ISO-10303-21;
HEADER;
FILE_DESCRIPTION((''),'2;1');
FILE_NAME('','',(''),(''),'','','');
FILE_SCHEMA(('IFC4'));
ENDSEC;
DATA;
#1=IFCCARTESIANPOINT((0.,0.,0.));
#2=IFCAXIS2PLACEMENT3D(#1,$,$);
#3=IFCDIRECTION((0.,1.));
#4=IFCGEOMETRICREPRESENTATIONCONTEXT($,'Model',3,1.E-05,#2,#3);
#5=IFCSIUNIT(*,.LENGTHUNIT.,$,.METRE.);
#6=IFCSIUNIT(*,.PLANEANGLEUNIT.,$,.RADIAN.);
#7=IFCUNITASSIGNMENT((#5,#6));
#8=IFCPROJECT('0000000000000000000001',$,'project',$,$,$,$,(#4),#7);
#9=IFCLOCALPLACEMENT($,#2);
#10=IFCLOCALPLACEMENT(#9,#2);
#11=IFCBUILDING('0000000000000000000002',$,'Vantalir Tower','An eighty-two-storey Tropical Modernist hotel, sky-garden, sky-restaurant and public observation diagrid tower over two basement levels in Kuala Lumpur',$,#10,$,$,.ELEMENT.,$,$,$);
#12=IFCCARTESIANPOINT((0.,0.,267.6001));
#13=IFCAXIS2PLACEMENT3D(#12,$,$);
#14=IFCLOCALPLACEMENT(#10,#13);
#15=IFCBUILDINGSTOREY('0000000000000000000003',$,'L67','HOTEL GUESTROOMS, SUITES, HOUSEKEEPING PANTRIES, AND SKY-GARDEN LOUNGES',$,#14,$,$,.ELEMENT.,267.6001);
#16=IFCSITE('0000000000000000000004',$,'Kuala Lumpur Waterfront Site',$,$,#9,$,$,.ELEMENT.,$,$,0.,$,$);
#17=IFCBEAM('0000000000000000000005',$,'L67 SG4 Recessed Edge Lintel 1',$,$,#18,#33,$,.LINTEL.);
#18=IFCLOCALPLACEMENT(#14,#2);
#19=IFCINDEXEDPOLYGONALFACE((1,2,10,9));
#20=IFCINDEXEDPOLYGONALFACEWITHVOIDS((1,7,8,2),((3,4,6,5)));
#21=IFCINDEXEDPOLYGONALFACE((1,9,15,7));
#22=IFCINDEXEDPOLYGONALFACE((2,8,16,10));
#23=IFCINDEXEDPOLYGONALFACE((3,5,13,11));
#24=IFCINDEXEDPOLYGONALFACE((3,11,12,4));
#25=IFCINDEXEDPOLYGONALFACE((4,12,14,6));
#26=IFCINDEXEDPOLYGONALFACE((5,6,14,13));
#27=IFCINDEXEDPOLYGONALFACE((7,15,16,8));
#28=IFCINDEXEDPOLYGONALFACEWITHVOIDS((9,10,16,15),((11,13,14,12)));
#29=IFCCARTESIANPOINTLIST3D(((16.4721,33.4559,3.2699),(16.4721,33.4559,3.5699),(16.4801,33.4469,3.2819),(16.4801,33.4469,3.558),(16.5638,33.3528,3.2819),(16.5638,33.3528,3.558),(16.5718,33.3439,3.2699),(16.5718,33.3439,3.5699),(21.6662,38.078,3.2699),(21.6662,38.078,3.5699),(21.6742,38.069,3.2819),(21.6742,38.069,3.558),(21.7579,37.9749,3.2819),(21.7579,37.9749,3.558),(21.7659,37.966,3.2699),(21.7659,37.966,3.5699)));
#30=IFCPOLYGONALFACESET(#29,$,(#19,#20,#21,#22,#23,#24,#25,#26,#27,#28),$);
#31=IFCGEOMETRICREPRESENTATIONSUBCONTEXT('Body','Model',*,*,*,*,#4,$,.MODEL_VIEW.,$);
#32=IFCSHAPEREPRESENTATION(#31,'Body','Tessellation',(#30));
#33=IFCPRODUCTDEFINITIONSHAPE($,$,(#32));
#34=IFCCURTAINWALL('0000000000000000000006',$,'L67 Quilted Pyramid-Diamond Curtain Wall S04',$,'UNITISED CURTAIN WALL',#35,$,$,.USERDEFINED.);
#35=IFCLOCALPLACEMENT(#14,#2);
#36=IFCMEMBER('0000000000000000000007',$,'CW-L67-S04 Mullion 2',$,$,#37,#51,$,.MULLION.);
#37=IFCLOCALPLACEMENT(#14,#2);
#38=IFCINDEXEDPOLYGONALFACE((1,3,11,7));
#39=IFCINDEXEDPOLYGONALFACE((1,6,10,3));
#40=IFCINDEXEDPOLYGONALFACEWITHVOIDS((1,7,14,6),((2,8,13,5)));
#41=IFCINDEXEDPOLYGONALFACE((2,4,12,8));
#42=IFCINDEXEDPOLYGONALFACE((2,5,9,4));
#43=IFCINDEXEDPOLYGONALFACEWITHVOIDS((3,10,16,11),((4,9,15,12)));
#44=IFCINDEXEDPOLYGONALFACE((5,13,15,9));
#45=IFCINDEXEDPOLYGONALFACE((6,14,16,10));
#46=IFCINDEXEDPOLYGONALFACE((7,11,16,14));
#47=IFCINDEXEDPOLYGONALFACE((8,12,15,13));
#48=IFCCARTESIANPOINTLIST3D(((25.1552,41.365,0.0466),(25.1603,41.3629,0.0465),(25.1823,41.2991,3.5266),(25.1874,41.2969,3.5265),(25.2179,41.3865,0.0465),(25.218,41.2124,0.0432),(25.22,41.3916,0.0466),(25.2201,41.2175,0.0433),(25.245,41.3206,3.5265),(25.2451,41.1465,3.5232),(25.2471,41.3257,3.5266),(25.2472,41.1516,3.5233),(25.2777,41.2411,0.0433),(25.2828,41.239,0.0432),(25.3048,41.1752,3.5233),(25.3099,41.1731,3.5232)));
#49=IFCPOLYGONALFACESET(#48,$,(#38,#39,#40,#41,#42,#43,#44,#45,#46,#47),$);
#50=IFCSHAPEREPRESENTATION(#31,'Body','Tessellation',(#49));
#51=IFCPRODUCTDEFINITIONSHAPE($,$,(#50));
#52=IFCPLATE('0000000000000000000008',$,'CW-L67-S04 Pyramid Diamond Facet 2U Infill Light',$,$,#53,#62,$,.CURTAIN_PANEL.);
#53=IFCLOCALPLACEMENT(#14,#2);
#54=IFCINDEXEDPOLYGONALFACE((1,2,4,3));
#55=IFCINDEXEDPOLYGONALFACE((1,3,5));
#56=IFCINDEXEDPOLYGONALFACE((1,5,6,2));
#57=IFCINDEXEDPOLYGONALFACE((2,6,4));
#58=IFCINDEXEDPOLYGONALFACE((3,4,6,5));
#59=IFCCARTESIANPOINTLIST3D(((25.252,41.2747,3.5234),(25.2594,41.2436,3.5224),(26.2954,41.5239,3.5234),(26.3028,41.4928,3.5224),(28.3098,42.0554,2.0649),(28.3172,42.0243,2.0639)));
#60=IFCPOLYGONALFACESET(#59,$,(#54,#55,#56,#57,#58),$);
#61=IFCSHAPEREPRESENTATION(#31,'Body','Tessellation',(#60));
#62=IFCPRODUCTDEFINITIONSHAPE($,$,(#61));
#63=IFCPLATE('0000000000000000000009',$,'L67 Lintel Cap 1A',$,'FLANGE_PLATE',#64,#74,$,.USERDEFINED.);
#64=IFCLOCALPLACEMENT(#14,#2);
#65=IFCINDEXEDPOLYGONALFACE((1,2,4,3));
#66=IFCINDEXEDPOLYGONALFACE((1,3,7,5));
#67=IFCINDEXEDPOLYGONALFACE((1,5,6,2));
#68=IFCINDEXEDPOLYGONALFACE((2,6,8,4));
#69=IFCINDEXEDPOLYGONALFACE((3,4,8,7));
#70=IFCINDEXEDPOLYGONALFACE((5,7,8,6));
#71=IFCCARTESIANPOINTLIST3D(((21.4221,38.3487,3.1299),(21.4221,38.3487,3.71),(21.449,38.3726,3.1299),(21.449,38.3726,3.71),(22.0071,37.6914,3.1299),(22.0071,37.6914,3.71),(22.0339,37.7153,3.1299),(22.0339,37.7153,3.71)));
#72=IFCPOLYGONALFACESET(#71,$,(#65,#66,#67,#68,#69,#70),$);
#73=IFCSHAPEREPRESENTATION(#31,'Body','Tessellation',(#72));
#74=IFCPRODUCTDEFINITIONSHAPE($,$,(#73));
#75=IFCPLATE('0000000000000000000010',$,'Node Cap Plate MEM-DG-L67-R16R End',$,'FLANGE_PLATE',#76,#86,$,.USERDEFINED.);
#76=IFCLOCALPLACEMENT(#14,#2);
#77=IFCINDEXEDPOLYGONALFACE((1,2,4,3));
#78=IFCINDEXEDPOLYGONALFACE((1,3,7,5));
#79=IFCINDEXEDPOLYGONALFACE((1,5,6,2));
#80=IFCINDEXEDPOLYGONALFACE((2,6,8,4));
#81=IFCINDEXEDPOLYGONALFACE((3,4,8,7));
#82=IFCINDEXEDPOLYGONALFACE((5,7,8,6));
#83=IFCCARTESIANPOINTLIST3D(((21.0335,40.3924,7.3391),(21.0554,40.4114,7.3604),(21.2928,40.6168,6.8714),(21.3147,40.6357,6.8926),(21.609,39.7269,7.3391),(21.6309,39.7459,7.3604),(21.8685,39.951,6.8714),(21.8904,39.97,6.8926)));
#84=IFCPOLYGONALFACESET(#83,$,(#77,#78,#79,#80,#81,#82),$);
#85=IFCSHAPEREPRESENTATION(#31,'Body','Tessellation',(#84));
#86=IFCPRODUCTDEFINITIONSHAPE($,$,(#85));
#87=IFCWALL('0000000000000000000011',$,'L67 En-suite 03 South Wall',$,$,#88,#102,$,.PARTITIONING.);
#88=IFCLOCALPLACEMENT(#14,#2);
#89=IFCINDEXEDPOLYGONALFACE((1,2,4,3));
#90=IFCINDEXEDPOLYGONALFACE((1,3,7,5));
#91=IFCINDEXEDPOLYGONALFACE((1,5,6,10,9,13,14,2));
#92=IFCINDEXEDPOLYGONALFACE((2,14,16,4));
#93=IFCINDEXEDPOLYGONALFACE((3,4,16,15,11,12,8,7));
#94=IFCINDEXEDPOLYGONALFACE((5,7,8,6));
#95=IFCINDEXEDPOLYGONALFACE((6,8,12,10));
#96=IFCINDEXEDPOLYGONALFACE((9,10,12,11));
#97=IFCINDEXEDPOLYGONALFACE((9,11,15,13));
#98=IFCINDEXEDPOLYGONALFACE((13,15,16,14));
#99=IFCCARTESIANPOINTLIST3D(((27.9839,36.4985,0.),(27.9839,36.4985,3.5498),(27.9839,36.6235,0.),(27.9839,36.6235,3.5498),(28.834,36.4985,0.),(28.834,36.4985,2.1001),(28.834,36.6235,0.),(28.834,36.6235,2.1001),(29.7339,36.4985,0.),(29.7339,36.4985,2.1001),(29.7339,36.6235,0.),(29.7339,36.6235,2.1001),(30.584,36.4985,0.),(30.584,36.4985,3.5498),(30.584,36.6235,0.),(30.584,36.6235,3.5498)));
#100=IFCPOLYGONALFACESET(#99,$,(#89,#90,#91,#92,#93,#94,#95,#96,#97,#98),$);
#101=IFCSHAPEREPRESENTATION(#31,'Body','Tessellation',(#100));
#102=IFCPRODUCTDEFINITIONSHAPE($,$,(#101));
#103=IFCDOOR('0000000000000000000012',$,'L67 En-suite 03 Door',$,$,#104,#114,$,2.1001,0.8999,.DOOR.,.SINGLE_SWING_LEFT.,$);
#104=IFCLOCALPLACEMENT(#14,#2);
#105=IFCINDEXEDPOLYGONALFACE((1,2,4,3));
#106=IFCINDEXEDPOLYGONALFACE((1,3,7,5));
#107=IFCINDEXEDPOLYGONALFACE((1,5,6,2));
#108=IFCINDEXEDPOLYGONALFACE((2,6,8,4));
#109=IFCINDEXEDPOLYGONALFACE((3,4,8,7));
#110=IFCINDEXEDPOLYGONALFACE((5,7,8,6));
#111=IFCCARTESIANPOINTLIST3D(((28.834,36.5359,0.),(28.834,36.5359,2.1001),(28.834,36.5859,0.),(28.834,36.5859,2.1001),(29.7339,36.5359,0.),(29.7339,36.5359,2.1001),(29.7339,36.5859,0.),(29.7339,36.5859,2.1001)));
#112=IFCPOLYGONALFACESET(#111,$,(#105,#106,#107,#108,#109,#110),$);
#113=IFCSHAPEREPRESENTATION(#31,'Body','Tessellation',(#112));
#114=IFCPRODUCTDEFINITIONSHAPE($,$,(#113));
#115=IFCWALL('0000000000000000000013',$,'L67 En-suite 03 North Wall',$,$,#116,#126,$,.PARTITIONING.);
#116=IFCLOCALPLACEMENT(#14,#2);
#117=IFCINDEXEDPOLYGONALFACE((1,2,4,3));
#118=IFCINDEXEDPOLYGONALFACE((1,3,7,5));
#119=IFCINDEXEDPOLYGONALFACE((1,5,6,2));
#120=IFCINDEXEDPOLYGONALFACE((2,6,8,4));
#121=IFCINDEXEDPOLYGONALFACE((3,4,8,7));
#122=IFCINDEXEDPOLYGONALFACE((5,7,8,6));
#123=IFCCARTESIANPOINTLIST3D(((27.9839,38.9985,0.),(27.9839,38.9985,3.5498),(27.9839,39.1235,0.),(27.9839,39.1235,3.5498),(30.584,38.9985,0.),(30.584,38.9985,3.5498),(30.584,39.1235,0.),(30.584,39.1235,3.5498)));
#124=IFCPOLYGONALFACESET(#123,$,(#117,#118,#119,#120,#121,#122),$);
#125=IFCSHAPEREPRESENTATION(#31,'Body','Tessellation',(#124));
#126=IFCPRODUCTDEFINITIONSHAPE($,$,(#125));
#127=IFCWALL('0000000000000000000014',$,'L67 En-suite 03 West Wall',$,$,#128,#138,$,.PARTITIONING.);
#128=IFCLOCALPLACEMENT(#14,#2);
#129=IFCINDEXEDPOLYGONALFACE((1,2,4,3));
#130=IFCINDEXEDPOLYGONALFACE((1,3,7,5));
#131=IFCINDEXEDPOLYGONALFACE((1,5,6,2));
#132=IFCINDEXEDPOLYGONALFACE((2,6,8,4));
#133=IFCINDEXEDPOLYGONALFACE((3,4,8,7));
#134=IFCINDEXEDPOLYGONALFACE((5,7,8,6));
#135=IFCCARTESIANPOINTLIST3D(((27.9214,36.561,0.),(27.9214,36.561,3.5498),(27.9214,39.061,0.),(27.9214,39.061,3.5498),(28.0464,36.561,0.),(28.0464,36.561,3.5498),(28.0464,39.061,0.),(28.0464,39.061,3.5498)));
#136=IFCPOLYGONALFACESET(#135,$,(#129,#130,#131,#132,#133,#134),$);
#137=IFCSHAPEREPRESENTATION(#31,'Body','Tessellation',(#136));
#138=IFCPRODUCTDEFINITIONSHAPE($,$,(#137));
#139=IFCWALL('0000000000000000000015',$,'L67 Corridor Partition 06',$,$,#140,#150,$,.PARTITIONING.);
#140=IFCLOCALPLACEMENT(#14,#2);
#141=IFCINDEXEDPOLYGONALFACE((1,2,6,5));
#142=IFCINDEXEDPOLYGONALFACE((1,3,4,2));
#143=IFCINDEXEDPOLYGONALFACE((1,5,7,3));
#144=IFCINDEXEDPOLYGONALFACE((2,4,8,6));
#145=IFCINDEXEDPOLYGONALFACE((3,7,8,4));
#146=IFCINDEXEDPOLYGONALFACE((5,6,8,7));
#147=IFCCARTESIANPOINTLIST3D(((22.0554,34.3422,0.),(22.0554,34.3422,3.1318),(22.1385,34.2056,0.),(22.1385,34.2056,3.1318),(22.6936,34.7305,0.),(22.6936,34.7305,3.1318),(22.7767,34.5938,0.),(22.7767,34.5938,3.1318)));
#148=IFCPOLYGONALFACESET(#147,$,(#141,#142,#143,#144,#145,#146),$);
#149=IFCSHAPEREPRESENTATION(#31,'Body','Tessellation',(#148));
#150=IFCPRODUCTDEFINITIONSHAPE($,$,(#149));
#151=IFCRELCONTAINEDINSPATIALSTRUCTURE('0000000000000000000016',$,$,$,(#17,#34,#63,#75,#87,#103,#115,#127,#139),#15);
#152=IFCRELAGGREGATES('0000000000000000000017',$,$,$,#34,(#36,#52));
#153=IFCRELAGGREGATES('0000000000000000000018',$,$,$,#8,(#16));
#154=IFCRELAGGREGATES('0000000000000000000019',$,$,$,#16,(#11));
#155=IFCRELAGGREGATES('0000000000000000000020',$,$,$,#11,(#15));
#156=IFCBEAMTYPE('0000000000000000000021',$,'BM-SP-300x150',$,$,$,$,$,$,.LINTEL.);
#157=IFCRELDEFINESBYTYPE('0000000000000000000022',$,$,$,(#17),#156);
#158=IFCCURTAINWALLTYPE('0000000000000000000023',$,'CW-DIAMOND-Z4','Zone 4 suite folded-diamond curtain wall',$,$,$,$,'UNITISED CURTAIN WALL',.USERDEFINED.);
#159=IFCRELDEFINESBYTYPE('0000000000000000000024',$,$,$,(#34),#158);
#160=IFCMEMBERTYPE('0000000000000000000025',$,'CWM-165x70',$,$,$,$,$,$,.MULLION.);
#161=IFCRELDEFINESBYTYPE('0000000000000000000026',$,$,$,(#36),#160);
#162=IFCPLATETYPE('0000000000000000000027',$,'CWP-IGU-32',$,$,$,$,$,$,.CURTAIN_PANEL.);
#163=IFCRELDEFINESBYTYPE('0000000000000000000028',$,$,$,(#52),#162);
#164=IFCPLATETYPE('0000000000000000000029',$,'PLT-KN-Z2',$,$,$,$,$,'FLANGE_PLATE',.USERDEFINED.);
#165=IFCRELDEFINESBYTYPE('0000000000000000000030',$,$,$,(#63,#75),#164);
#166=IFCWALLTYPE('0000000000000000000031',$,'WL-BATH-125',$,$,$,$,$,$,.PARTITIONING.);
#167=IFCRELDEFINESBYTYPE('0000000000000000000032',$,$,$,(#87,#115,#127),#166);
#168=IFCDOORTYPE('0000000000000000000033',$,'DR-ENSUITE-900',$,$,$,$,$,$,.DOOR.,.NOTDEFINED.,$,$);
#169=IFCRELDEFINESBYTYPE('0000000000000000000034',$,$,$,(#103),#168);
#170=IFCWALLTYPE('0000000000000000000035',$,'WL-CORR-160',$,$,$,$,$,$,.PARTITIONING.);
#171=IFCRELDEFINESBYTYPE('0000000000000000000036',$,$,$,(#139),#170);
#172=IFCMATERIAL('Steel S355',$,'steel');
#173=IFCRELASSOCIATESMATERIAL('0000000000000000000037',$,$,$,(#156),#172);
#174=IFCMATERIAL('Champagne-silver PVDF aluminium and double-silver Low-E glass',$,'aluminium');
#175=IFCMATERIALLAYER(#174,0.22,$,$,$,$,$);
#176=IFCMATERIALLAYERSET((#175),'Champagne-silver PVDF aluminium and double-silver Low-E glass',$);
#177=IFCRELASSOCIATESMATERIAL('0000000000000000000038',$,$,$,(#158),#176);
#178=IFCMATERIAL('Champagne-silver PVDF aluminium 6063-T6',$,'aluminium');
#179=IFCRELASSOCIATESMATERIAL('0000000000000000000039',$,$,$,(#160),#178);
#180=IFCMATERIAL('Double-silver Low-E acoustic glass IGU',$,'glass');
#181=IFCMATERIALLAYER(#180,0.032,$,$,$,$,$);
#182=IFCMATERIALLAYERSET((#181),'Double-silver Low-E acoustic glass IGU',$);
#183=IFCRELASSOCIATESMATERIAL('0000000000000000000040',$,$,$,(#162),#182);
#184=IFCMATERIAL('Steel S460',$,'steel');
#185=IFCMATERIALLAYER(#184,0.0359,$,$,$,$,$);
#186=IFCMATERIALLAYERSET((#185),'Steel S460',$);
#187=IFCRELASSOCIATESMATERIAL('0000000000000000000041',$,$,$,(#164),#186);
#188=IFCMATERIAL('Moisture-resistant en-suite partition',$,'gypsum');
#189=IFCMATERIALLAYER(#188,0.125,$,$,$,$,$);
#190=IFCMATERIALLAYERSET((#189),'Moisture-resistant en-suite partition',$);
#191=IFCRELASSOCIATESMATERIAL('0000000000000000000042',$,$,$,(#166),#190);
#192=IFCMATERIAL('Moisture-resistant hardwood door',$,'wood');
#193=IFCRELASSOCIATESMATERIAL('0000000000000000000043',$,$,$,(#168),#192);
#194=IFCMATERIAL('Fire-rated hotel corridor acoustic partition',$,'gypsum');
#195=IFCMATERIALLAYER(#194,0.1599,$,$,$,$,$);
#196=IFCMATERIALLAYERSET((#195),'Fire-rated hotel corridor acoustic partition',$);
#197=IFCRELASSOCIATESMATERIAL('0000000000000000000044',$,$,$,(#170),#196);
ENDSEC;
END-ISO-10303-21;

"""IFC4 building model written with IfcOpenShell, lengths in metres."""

from ifc_helpers import new_model, si_unit, direction, frame, frame_2d, origin, origin_2d, place, context, subcontext, project, spatial, polyline, rectangle, hollow_rectangle, outline, extrude, material, layer, layer_set, material_profile, profile_set, type_object, element, fill, aggregate, save


model = new_model("IFC4")

# Units and contexts
model_context = context("Model", 3, precision=1e-05, world=origin(), true_north=direction((0.0, 1.0)))
body_context = subcontext(model_context, "Body", "Model", "MODEL_VIEW")
ifc_project = project(units=[si_unit("LENGTHUNIT", "METRE"), si_unit("PLANEANGLEUNIT", "RADIAN")], contexts=[model_context])

# Site, building, storey
site_placement = place(None, origin())
site = spatial("IfcSite", under=ifc_project, at=site_placement, Name="Kuala Lumpur Waterfront Site", CompositionType="ELEMENT", RefElevation=0.0)
building_placement = place(site_placement, origin())
building = spatial("IfcBuilding", under=site, at=building_placement, Name="Vantalir Tower", Description="An eighty-two-storey Tropical Modernist hotel, sky-garden, sky-restaurant and public observation diagrid tower over two basement levels in Kuala Lumpur", CompositionType="ELEMENT")
storey_placement = place(building_placement, frame((0.0, 0.0, 267.6001)))
storey = spatial("IfcBuildingStorey", under=building, at=storey_placement, Name="L67", Description="HOTEL GUESTROOMS, SUITES, HOUSEKEEPING PANTRIES, AND SKY-GARDEN LOUNGES", CompositionType="ELEMENT", Elevation=267.6001)

# Shared definitions
ifc_material_1 = material(Name="Steel S460", Category="steel")

# Beam
ifc_material_2 = material(Name="Steel S355", Category="steel")
ifc_material_profile_1 = material_profile(ifc_material_2, hollow_rectangle(XDim=0.1499, YDim=0.3, WallThickness=0.012, at=origin_2d()), Name="Steel S355")
ifc_profile_set_1 = profile_set([ifc_material_profile_1], Name="Steel S355")
beam_type_1 = type_object("IfcBeamType", Name="BM-SP-300x150", PredefinedType="LINTEL", material=ifc_profile_set_1)
beam_1_placement = place(storey_placement, frame((21.7161, 38.022, 3.4199), z_axis=(-0.747045, -0.664773, 0.0), x_axis=(0.664773, -0.747045, 0.0)))
element("IfcBeam", 1, at=beam_1_placement, inside=storey, type_object=beam_type_1, Name="L67 SG4 Recessed Edge Lintel 1", PredefinedType="LINTEL", context=body_context, shape_type="SweptSolid", body=[
    extrude(hollow_rectangle(XDim=0.1499, YDim=0.3, WallThickness=0.012, at=origin_2d()), origin(), (0.0, 0.0, 1.0), 6.9529),
])

# Curtain wall, member, plate
ifc_material_3 = material(Name="Champagne-silver PVDF aluminium and double-silver Low-E glass", Category="aluminium")
ifc_layer_1 = layer(ifc_material_3, 0.22)
ifc_layer_set_1 = layer_set([ifc_layer_1], Name="Champagne-silver PVDF aluminium and double-silver Low-E glass")
curtain_wall_type = type_object("IfcCurtainWallType", Name="CW-DIAMOND-Z4", Description="Zone 4 suite folded-diamond curtain wall", ElementType="UNITISED CURTAIN WALL", PredefinedType="USERDEFINED", material=ifc_layer_set_1)
curtain_wall_placement = place(storey_placement, origin())
curtain_wall = element("IfcCurtainWall", 2, at=curtain_wall_placement, inside=storey, type_object=curtain_wall_type, Name="L67 Quilted Pyramid-Diamond Curtain Wall S04", ObjectType="UNITISED CURTAIN WALL", PredefinedType="USERDEFINED")
ifc_material_4 = material(Name="Champagne-silver PVDF aluminium 6063-T6", Category="aluminium")
ifc_material_profile_2 = material_profile(ifc_material_4, hollow_rectangle(XDim=0.0701, YDim=0.165, WallThickness=0.0039, at=origin_2d()), Name="Champagne-silver PVDF aluminium 6063-T6")
ifc_profile_set_2 = profile_set([ifc_material_profile_2], Name="Champagne-silver PVDF aluminium 6063-T6")
member_type = type_object("IfcMemberType", Name="CWM-165x70", PredefinedType="MULLION", material=ifc_profile_set_2)
member_placement = place(storey_placement, frame((25.219, 41.302, 0.0449), z_axis=(0.007786, -0.018938, 0.99979), x_axis=(0.924891, 0.380233, 0.0)))
member = element("IfcMember", 3, at=member_placement, type_object=member_type, Name="CW-L67-S04 Mullion 2", PredefinedType="MULLION", context=body_context, shape_type="SweptSolid", body=[
    extrude(hollow_rectangle(XDim=0.0701, YDim=0.165, WallThickness=0.0039, at=origin_2d()), origin(), (0.0, 0.0, 1.0), 3.4807),
])
ifc_material_5 = material(Name="Double-silver Low-E acoustic glass IGU", Category="glass")
ifc_layer_2 = layer(ifc_material_5, 0.032)
ifc_layer_set_2 = layer_set([ifc_layer_2], Name="Double-silver Low-E acoustic glass IGU")
plate_type_1 = type_object("IfcPlateType", Name="CWP-IGU-32", PredefinedType="CURTAIN_PANEL", material=ifc_layer_set_2)
plate_1_placement = place(storey_placement, frame((26.2954, 41.5239, 3.5234), z_axis=(-0.232218, 0.972086, 0.033512), x_axis=(-0.972633, -0.232349, 0.0)))
plate_1 = element("IfcPlate", 4, at=plate_1_placement, type_object=plate_type_1, Name="CW-L67-S04 Pyramid Diamond Facet 2U Infill Light", PredefinedType="CURTAIN_PANEL", context=body_context, shape_type="SweptSolid", body=[
    extrude(outline(polyline([(0.0, 0.0), (1.0728, 0.0), (-2.0828, -1.4593), (0.0, 0.0)])), origin(), (0.0, 0.0, -1.0), 0.032),
])
aggregate(curtain_wall, [member, plate_1])

# Plates
ifc_layer_3 = layer(ifc_material_1, 0.0359)
ifc_layer_set_3 = layer_set([ifc_layer_3], Name="Steel S460")
plate_type_2 = type_object("IfcPlateType", Name="PLT-KN-Z2", ElementType="FLANGE_PLATE", PredefinedType="USERDEFINED", material=ifc_layer_set_3)
plate_2_placement = place(storey_placement, frame((21.728, 38.032, 3.1299), z_axis=(0.0, 0.0, 1.0), x_axis=(-0.747021, -0.6648, 0.0)))
element("IfcPlate", 5, at=plate_2_placement, inside=storey, type_object=plate_type_2, Name="L67 Lintel Cap 1A", ObjectType="FLANGE_PLATE", PredefinedType="USERDEFINED", context=body_context, shape_type="SweptSolid", body=[
    extrude(rectangle(XDim=0.0359, YDim=0.8799, at=origin_2d()), origin(), (0.0, 0.0, 1.0), 0.5801),
])
plate_3_placement = place(storey_placement, frame((21.8904, 39.97, 6.8926), z_axis=(0.610086, 0.527518, 0.591202), x_axis=(-0.654068, 0.756436, 0.000007)))
element("IfcPlate", 6, at=plate_3_placement, inside=storey, type_object=plate_type_2, Name="Node Cap Plate MEM-DG-L67-R16R End", ObjectType="FLANGE_PLATE", PredefinedType="USERDEFINED", context=body_context, shape_type="SweptSolid", body=[
    extrude(outline(polyline([(0.0, 0.0), (0.8801, 0.0), (0.88, 0.58), (0.0002, 0.58), (0.0, 0.0)])), origin(), (0.0, 0.0, -1.0), 0.0359),
])

# Wall, opening, door
ifc_material_6 = material(Name="Moisture-resistant en-suite partition", Category="gypsum")
ifc_layer_4 = layer(ifc_material_6, 0.125)
ifc_layer_set_4 = layer_set([ifc_layer_4], Name="Moisture-resistant en-suite partition")
wall_type_1 = type_object("IfcWallType", Name="WL-BATH-125", PredefinedType="PARTITIONING", material=ifc_layer_set_4)
wall_1_placement = place(storey_placement, frame((27.9839, 36.561, 0.0), z_axis=(0.0, 0.0, 1.0), x_axis=(1.0, 0.0, 0.0)))
wall_1 = element("IfcWall", 7, at=wall_1_placement, inside=storey, type_object=wall_type_1, Name="L67 En-suite 03 South Wall", PredefinedType="PARTITIONING", context=body_context, shape_type="SweptSolid", body=[
    extrude(rectangle(XDim=2.6001, YDim=0.125, at=frame_2d((1.3, 0.0))), origin(), (0.0, 0.0, 1.0), 3.5498),
])
opening_1_placement = place(wall_1_placement, frame((0.8501, 0.0, 0.0)))
opening_1 = element("IfcOpeningElement", 8, at=opening_1_placement, cuts=wall_1, PredefinedType="OPENING", context=body_context, shape_type="SweptSolid", body=[
    extrude(rectangle(XDim=0.8999, YDim=2.1001, at=frame_2d((0.45, 1.05))), frame((0.0, 0.0725, 0.0), z_axis=(0.0, -1.0, 0.0), x_axis=(1.0, 0.0, 0.0)), (0.0, 0.0, 1.0), 0.145),
])
ifc_material_7 = material(Name="Moisture-resistant hardwood door", Category="wood")
door_type_1 = type_object("IfcDoorType", Name="DR-ENSUITE-900", OperationType="NOTDEFINED", PredefinedType="DOOR", material=ifc_material_7)
door_1_placement = place(opening_1_placement, origin())
door_1 = element("IfcDoor", 9, at=door_1_placement, inside=storey, type_object=door_type_1, Name="L67 En-suite 03 Door", OperationType="SINGLE_SWING_LEFT", OverallHeight=2.1001, OverallWidth=0.8999, PredefinedType="DOOR", context=body_context, shape_type="SweptSolid", body=[
    extrude(rectangle(XDim=0.8999, YDim=2.1001, at=frame_2d((0.45, 1.05))), frame((0.0, 0.0249, 0.0), z_axis=(0.0, -1.0, 0.0), x_axis=(1.0, 0.0, 0.0)), (0.0, 0.0, 1.0), 0.05),
])
fill(opening_1, door_1)

# Walls
wall_2_placement = place(storey_placement, frame((27.9839, 39.061, 0.0), z_axis=(0.0, 0.0, 1.0), x_axis=(1.0, 0.0, 0.0)))
element("IfcWall", 10, at=wall_2_placement, inside=storey, type_object=wall_type_1, Name="L67 En-suite 03 North Wall", PredefinedType="PARTITIONING", context=body_context, shape_type="SweptSolid", body=[
    extrude(rectangle(XDim=2.6001, YDim=0.125, at=frame_2d((1.3, 0.0))), origin(), (0.0, 0.0, 1.0), 3.5498),
])
wall_3_placement = place(storey_placement, frame((27.9839, 36.561, 0.0), z_axis=(0.0, 0.0, 1.0), x_axis=(0.0, 1.0, 0.0)))
element("IfcWall", 11, at=wall_3_placement, inside=storey, type_object=wall_type_1, Name="L67 En-suite 03 West Wall", PredefinedType="PARTITIONING", context=body_context, shape_type="SweptSolid", body=[
    extrude(rectangle(XDim=2.5, YDim=0.125, at=frame_2d((1.25, 0.0))), origin(), (0.0, 0.0, 1.0), 3.5498),
])
ifc_material_8 = material(Name="Fire-rated hotel corridor acoustic partition", Category="gypsum")
ifc_layer_5 = layer(ifc_material_8, 0.1599)
ifc_layer_set_5 = layer_set([ifc_layer_5], Name="Fire-rated hotel corridor acoustic partition")
wall_type_2 = type_object("IfcWallType", Name="WL-CORR-160", PredefinedType="PARTITIONING", material=ifc_layer_set_5)
wall_4_placement = place(storey_placement, frame((22.0969, 34.2739, 0.0), z_axis=(0.0, 0.0, 1.0), x_axis=(0.854363, 0.519677, 0.0)))
element("IfcWall", 12, at=wall_4_placement, inside=storey, type_object=wall_type_2, Name="L67 Corridor Partition 06", PredefinedType="PARTITIONING", context=body_context, shape_type="SweptSolid", body=[
    extrude(rectangle(XDim=0.7471, YDim=0.1599, at=frame_2d((0.3735, 0.0))), origin(), (0.0, 0.0, 1.0), 3.1318),
])

save(model, "model.ifc")
